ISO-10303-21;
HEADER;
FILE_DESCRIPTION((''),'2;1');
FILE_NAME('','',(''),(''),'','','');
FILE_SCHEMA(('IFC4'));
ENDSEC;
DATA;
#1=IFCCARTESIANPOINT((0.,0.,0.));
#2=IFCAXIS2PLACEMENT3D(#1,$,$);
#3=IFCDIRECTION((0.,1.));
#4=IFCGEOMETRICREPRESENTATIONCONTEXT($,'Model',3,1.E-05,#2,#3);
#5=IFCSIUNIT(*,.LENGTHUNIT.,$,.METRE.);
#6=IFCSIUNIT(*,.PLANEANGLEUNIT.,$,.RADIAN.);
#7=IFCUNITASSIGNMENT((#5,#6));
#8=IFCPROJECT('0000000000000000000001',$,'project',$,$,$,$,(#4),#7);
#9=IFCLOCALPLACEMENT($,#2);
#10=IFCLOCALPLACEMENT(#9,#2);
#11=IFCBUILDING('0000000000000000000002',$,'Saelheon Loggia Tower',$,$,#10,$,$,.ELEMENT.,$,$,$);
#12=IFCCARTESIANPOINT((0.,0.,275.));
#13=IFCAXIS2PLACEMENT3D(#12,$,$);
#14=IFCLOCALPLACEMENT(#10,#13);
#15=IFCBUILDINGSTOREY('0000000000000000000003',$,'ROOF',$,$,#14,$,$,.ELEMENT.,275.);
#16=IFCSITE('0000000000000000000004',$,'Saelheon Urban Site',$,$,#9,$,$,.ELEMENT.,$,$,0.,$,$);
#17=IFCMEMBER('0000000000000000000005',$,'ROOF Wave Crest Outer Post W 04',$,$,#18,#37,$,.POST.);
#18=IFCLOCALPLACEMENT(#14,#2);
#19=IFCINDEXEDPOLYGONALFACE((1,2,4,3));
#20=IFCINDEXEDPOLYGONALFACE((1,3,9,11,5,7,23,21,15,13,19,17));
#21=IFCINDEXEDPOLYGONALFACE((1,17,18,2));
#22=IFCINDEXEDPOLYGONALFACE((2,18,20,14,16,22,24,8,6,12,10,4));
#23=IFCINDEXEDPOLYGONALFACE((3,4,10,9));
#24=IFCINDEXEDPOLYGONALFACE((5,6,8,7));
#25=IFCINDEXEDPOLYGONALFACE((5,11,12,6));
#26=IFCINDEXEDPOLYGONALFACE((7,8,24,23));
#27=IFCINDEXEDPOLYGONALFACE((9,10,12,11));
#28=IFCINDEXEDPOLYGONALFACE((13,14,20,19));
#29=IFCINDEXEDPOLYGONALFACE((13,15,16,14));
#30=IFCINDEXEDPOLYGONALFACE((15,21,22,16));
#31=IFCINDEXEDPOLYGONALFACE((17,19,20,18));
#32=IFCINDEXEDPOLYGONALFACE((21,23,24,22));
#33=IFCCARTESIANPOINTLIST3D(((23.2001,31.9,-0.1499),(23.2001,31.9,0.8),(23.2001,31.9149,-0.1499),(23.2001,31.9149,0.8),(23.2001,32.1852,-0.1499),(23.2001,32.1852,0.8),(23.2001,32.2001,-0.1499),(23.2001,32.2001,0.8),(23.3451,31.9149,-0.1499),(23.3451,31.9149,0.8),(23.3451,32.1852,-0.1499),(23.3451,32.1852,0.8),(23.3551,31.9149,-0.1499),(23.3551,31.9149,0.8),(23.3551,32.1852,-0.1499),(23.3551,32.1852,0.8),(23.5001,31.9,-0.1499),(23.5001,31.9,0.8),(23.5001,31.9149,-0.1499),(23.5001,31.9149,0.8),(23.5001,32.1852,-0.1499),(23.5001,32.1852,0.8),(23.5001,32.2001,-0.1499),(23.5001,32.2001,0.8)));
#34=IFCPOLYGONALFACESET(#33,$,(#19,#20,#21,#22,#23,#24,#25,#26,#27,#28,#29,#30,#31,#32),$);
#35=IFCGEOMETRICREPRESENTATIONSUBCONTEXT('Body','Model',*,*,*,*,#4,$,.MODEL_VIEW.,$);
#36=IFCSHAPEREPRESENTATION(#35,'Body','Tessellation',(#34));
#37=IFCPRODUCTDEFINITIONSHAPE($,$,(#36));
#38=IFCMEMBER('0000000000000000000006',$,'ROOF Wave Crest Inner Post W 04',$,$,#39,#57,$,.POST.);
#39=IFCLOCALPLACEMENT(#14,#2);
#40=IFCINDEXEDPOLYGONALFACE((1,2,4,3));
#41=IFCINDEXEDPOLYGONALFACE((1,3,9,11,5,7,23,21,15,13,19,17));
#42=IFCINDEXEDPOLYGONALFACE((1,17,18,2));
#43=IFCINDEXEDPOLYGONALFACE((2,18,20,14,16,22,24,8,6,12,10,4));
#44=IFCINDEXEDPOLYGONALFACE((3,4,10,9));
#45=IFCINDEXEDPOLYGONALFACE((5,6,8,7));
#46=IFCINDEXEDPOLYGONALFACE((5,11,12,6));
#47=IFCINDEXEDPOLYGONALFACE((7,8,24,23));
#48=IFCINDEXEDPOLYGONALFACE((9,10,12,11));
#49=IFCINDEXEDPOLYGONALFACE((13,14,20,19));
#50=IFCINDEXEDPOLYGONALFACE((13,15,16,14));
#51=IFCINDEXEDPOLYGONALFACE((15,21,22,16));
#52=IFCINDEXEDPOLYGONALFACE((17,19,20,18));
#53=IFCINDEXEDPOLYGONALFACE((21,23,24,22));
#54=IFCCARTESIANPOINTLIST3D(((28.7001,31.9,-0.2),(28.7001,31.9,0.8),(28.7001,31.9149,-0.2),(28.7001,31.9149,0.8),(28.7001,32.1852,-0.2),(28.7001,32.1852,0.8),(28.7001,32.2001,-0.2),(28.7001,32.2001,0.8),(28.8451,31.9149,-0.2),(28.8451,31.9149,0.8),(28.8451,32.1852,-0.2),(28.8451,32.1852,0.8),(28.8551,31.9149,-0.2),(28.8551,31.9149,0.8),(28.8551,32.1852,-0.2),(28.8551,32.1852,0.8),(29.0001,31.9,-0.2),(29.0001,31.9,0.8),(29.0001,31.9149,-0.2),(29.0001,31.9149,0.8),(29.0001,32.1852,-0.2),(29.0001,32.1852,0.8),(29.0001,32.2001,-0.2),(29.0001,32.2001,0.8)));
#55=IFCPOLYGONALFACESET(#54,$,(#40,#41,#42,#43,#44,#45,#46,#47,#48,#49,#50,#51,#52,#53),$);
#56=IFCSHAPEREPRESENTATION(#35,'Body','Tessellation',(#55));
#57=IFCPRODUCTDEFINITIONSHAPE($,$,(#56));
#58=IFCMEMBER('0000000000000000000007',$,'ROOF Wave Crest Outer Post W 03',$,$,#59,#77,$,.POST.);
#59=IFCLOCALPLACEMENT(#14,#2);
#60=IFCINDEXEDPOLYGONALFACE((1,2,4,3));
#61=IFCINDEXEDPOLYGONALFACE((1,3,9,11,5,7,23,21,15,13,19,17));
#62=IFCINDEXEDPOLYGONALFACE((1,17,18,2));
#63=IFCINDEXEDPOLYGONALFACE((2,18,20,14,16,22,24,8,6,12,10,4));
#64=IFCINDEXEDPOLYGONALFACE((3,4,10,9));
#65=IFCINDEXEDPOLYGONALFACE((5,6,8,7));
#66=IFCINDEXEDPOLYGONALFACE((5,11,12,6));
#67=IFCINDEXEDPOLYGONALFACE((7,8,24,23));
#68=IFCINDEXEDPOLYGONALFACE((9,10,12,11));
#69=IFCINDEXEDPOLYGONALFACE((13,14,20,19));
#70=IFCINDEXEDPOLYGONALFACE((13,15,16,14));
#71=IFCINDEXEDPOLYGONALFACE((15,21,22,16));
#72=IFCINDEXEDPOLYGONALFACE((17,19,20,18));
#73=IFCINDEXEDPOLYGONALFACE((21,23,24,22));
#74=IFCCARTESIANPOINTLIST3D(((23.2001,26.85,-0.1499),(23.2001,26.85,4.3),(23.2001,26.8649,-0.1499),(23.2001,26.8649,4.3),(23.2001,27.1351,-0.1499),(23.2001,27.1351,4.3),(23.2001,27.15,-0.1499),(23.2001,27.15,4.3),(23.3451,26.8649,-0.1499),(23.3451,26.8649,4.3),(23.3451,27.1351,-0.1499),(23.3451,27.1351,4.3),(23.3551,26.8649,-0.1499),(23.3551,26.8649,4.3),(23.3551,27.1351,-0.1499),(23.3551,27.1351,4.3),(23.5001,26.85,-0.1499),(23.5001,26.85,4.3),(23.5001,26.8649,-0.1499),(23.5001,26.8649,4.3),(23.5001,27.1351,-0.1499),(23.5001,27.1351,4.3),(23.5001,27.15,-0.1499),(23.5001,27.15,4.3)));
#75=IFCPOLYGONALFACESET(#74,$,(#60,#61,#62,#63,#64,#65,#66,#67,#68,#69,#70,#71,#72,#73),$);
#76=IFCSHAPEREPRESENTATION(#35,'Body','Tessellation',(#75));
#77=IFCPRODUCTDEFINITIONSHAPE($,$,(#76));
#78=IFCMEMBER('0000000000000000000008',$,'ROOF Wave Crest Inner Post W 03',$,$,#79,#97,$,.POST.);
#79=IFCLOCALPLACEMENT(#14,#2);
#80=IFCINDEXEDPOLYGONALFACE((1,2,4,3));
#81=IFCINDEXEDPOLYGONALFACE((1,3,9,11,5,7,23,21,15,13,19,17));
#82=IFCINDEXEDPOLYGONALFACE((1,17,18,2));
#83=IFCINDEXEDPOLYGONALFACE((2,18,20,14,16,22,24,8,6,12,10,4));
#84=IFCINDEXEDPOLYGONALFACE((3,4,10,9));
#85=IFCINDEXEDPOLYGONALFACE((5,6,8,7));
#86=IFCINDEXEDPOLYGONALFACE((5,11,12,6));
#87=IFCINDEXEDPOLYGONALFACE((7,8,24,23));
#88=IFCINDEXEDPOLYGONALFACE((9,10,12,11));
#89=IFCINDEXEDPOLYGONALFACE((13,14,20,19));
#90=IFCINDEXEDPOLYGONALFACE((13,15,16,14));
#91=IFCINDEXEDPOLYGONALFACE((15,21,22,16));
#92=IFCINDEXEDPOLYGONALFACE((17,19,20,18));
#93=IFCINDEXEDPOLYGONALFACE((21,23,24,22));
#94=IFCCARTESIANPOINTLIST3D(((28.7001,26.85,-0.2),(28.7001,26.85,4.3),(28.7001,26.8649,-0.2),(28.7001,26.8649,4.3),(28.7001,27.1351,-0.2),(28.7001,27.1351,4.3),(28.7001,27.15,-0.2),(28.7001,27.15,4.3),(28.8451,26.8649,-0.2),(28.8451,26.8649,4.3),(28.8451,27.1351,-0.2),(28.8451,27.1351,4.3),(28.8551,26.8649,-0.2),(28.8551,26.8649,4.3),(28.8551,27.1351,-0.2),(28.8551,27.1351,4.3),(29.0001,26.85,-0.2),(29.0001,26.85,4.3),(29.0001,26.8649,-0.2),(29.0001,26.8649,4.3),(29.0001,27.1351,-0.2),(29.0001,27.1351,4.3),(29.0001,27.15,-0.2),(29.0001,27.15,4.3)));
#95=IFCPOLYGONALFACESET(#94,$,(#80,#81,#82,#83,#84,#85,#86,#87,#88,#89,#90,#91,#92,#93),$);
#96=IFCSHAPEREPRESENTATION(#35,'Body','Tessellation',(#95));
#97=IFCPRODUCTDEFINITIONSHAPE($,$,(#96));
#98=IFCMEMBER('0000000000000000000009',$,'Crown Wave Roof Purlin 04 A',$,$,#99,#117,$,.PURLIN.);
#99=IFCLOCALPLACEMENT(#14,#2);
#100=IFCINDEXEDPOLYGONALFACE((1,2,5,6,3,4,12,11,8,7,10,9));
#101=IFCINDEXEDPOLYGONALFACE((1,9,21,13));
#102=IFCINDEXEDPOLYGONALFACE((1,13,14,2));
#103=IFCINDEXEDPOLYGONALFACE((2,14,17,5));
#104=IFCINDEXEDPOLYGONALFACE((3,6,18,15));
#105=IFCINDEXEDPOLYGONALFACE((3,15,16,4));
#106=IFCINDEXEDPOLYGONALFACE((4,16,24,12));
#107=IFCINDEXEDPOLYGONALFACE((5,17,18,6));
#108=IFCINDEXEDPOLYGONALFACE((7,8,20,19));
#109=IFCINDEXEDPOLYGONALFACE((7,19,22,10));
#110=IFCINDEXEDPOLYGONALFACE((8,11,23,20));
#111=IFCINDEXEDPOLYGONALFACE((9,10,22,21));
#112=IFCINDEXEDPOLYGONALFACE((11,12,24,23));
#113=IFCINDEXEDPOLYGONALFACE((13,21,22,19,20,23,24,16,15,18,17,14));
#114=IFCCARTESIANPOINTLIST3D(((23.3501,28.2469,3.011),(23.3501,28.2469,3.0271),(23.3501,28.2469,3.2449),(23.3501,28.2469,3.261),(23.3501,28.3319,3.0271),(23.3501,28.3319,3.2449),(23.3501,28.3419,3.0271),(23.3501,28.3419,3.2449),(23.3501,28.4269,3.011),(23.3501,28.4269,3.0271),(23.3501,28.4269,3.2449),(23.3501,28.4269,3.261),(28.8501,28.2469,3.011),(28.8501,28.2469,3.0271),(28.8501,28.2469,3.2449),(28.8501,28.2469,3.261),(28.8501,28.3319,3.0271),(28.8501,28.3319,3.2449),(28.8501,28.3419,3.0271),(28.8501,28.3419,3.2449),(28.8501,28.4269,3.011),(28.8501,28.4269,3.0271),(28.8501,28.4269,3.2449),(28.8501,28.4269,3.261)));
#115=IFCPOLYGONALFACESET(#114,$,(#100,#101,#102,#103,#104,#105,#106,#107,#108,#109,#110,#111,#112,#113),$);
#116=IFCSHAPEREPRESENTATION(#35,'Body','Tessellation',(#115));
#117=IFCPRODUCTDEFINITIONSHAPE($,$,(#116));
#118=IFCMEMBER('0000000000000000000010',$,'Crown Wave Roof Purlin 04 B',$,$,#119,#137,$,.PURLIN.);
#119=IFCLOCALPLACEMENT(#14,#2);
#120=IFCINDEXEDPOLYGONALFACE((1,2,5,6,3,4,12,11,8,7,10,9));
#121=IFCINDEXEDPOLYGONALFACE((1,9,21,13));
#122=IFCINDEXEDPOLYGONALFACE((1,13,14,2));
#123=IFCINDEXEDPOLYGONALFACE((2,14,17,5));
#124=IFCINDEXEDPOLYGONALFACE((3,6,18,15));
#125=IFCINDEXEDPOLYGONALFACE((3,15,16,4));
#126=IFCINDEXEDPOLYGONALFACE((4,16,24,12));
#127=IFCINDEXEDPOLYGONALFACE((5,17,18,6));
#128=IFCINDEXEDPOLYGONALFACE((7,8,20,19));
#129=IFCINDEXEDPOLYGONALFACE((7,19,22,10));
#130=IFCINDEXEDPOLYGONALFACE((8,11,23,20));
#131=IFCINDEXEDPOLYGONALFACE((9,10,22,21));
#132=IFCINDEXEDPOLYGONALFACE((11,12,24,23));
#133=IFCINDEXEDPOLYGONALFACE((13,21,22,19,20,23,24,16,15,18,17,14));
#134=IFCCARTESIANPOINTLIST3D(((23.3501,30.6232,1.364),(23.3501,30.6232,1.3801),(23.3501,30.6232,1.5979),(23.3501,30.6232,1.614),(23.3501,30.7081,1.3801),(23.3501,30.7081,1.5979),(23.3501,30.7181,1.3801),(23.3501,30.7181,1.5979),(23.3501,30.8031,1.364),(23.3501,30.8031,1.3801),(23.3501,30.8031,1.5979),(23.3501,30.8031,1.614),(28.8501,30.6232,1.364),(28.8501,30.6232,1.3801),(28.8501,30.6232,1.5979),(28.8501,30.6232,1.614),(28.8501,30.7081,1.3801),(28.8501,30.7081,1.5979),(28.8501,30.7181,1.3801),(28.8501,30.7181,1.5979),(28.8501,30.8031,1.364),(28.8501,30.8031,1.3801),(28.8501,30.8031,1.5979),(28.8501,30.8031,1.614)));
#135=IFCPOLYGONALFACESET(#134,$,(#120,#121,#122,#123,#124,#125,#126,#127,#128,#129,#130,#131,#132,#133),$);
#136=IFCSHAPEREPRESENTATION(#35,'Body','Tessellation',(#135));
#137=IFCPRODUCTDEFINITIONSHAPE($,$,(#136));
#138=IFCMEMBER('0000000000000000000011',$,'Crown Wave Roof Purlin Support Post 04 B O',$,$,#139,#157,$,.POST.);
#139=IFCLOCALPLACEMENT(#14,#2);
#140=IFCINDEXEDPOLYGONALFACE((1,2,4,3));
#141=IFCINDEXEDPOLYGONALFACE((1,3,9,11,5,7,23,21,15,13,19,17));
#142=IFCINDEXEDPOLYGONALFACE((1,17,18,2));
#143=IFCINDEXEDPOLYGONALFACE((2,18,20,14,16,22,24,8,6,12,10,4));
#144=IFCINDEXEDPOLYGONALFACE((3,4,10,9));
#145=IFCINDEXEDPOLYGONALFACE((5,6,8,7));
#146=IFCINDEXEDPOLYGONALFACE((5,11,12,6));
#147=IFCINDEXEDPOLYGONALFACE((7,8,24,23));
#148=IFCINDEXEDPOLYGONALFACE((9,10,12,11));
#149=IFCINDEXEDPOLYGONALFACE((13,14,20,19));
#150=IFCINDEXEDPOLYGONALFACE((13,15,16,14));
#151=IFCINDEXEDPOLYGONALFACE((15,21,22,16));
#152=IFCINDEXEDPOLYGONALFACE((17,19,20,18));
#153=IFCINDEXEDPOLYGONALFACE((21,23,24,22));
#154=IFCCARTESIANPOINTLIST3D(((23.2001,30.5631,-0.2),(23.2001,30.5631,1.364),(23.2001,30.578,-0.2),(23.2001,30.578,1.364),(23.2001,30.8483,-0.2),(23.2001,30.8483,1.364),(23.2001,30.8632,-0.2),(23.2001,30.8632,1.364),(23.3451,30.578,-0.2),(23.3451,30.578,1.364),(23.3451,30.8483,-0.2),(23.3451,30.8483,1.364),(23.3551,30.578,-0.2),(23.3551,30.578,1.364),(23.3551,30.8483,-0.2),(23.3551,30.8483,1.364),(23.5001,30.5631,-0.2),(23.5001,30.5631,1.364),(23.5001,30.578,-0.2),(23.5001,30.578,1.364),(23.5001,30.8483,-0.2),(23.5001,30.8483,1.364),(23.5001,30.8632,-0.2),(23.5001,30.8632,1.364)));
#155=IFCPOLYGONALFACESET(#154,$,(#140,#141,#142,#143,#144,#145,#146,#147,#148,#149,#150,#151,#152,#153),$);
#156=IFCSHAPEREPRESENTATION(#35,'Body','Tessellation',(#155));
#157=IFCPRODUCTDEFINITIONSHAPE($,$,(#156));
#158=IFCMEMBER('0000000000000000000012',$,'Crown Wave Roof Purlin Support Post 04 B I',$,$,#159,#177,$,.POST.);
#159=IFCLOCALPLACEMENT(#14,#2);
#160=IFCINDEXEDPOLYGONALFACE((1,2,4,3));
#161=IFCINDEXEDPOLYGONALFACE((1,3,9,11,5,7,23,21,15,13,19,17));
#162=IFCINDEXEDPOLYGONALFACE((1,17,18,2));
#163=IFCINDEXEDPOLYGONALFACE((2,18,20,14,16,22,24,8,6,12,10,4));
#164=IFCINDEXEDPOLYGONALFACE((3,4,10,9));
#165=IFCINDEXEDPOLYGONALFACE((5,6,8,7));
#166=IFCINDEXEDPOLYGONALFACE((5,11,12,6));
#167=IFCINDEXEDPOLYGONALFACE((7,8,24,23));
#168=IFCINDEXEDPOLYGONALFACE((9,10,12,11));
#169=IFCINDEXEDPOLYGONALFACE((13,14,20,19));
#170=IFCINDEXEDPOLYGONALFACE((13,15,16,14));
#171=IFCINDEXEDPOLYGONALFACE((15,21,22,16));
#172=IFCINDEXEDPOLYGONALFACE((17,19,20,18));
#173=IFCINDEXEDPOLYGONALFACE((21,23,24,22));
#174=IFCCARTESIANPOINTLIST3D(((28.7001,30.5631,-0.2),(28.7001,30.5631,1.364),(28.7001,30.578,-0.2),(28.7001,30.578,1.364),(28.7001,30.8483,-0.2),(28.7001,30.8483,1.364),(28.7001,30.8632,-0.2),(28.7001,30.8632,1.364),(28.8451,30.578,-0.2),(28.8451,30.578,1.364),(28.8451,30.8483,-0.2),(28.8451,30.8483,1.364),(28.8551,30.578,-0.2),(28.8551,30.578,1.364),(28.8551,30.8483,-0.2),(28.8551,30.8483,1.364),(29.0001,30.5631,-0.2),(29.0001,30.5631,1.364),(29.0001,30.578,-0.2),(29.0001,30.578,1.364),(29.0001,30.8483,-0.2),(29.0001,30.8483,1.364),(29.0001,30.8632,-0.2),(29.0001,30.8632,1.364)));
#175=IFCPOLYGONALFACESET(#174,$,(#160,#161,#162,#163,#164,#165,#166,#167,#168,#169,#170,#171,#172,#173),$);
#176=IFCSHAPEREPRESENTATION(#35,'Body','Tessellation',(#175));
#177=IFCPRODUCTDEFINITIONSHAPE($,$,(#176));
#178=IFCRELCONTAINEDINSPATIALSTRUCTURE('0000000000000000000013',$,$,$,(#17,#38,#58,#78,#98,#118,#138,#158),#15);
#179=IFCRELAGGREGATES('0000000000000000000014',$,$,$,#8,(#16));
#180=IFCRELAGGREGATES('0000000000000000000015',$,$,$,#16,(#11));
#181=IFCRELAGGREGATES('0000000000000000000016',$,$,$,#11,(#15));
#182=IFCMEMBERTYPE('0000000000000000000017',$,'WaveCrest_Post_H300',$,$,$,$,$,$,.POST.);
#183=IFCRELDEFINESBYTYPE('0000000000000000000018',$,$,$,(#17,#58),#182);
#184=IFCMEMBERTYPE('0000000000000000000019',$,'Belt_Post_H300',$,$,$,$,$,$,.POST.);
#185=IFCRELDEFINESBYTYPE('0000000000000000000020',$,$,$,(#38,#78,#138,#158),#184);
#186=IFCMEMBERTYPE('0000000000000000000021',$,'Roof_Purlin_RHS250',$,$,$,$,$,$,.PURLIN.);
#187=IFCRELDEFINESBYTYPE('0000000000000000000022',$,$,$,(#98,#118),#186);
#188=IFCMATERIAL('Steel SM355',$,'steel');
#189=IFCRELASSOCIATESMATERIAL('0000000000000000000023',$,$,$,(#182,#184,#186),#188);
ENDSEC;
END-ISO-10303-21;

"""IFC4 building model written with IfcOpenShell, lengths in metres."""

from ifc_helpers import new_model, si_unit, direction, frame, origin, origin_2d, place, context, subcontext, project, spatial, i_section, extrude, source, transform, mapped, material, material_profile, profile_set, type_object, element, save


model = new_model("IFC4")

# Units and contexts
model_context = context("Model", 3, precision=1e-05, world=origin(), true_north=direction((0.0, 1.0)))
body_context = subcontext(model_context, "Body", "Model", "MODEL_VIEW")
ifc_project = project(units=[si_unit("LENGTHUNIT", "METRE"), si_unit("PLANEANGLEUNIT", "RADIAN")], contexts=[model_context])

# Site, building, storey
site_placement = place(None, origin())
site = spatial("IfcSite", under=ifc_project, at=site_placement, Name="Saelheon Urban Site", CompositionType="ELEMENT", RefElevation=0.0)
building_placement = place(site_placement, origin())
building = spatial("IfcBuilding", under=site, at=building_placement, Name="Saelheon Loggia Tower", CompositionType="ELEMENT")
storey_placement = place(building_placement, frame((0.0, 0.0, 275.0)))
storey = spatial("IfcBuildingStorey", under=building, at=storey_placement, Name="ROOF", CompositionType="ELEMENT", Elevation=275.0)

# Members
ifc_material_1 = material(Name="Steel SM355", Category="steel")
ifc_material_profile_1 = material_profile(ifc_material_1, i_section(OverallWidth=0.3, OverallDepth=0.3, WebThickness=0.01, FlangeThickness=0.0149, at=origin_2d()), Name="H-300x300x10x15")
ifc_profile_set_1 = profile_set([ifc_material_profile_1], Name="Steel SM355")
member_type_1 = type_object("IfcMemberType", Name="WaveCrest_Post_H300", PredefinedType="POST", material=ifc_profile_set_1)
shared_shape_1 = source(origin(), body_context, "Body", "SweptSolid", [
    extrude(i_section(OverallWidth=0.3, OverallDepth=0.3, WebThickness=0.01, FlangeThickness=0.0149, at=origin_2d()), origin(), (0.0, 0.0, 1.0), 0.95),
])
member_1_placement = place(storey_placement, frame((23.3501, 32.05, -0.1499), z_axis=(0.0, 0.0, 1.0), x_axis=(1.0, 0.0, 0.0)))
element("IfcMember", 1, at=member_1_placement, inside=storey, type_object=member_type_1, Name="ROOF Wave Crest Outer Post W 04", PredefinedType="POST", context=body_context, shape_type="MappedRepresentation", body=[
    mapped(shared_shape_1, transform((0.0, 0.0, 0.0), scale=1.0)),
])
ifc_material_profile_2 = material_profile(ifc_material_1, i_section(OverallWidth=0.3, OverallDepth=0.3, WebThickness=0.01, FlangeThickness=0.0149, at=origin_2d()), Name="H-300x300x10x15")
ifc_profile_set_2 = profile_set([ifc_material_profile_2], Name="Steel SM355")
member_type_2 = type_object("IfcMemberType", Name="Belt_Post_H300", PredefinedType="POST", material=ifc_profile_set_2)
shared_shape_2 = source(origin(), body_context, "Body", "SweptSolid", [
    extrude(i_section(OverallWidth=0.3, OverallDepth=0.3, WebThickness=0.01, FlangeThickness=0.0149, at=origin_2d()), origin(), (0.0, 0.0, 1.0), 1.0),
])
member_2_placement = place(storey_placement, frame((28.8501, 32.05, -0.2), z_axis=(0.0, 0.0, 1.0), x_axis=(1.0, 0.0, 0.0)))
element("IfcMember", 2, at=member_2_placement, inside=storey, type_object=member_type_2, Name="ROOF Wave Crest Inner Post W 04", PredefinedType="POST", context=body_context, shape_type="MappedRepresentation", body=[
    mapped(shared_shape_2, transform((0.0, 0.0, 0.0), scale=1.0)),
])
shared_shape_3 = source(origin(), body_context, "Body", "SweptSolid", [
    extrude(i_section(OverallWidth=0.3, OverallDepth=0.3, WebThickness=0.01, FlangeThickness=0.0149, at=origin_2d()), origin(), (0.0, 0.0, 1.0), 4.45),
])
member_3_placement = place(storey_placement, frame((23.3501, 27.0, -0.1499), z_axis=(0.0, 0.0, 1.0), x_axis=(1.0, 0.0, 0.0)))
element("IfcMember", 3, at=member_3_placement, inside=storey, type_object=member_type_1, Name="ROOF Wave Crest Outer Post W 03", PredefinedType="POST", context=body_context, shape_type="MappedRepresentation", body=[
    mapped(shared_shape_3, transform((0.0, 0.0, 0.0), scale=1.0)),
])
shared_shape_4 = source(origin(), body_context, "Body", "SweptSolid", [
    extrude(i_section(OverallWidth=0.3, OverallDepth=0.3, WebThickness=0.01, FlangeThickness=0.0149, at=origin_2d()), origin(), (0.0, 0.0, 1.0), 4.5),
])
member_4_placement = place(storey_placement, frame((28.8501, 27.0, -0.2), z_axis=(0.0, 0.0, 1.0), x_axis=(1.0, 0.0, 0.0)))
element("IfcMember", 4, at=member_4_placement, inside=storey, type_object=member_type_2, Name="ROOF Wave Crest Inner Post W 03", PredefinedType="POST", context=body_context, shape_type="MappedRepresentation", body=[
    mapped(shared_shape_4, transform((0.0, 0.0, 0.0), scale=1.0)),
])
ifc_material_profile_3 = material_profile(ifc_material_1, i_section(OverallWidth=0.1799, OverallDepth=0.25, WebThickness=0.01, FlangeThickness=0.0161, at=origin_2d()), Name="H-250x180x10x16")
ifc_profile_set_3 = profile_set([ifc_material_profile_3], Name="Steel SM355")
member_type_3 = type_object("IfcMemberType", Name="Roof_Purlin_RHS250", PredefinedType="PURLIN", material=ifc_profile_set_3)
shared_shape_5 = source(origin(), body_context, "Body", "SweptSolid", [
    extrude(i_section(OverallWidth=0.1799, OverallDepth=0.25, WebThickness=0.01, FlangeThickness=0.0161, at=origin_2d()), origin(), (0.0, 0.0, 1.0), 5.5),
])
for number, where, z_axis, x_axis, name in (
    (5, (23.3501, 28.3369, 3.136), (1.0, 0.0, 0.0), (0.0, 1.0, 0.0), "Crown Wave Roof Purlin 04 A"),
    (6, (23.3501, 30.7131, 1.489), (1.0, 0.0, 0.0), (0.0, 1.0, 0.0), "Crown Wave Roof Purlin 04 B"),
):
    element("IfcMember", number, at=place(storey_placement, frame(where, z_axis=z_axis, x_axis=x_axis)), inside=storey, type_object=member_type_3, Name=name, PredefinedType="PURLIN", context=body_context, shape_type="MappedRepresentation", body=[
        mapped(shared_shape_5, transform((0.0, 0.0, 0.0), scale=1.0)),
    ])
shared_shape_6 = source(origin(), body_context, "Body", "SweptSolid", [
    extrude(i_section(OverallWidth=0.3, OverallDepth=0.3, WebThickness=0.01, FlangeThickness=0.0149, at=origin_2d()), origin(), (0.0, 0.0, 1.0), 1.564),
])
for number, where, z_axis, x_axis, name in (
    (7, (23.3501, 30.7131, -0.2), (0.0, 0.0, 1.0), (1.0, 0.0, 0.0), "Crown Wave Roof Purlin Support Post 04 B O"),
    (8, (28.8501, 30.7131, -0.2), (0.0, 0.0, 1.0), (1.0, 0.0, 0.0), "Crown Wave Roof Purlin Support Post 04 B I"),
):
    element("IfcMember", number, at=place(storey_placement, frame(where, z_axis=z_axis, x_axis=x_axis)), inside=storey, type_object=member_type_2, Name=name, PredefinedType="POST", context=body_context, shape_type="MappedRepresentation", body=[
        mapped(shared_shape_6, transform((0.0, 0.0, 0.0), scale=1.0)),
    ])

save(model, "model.ifc")
